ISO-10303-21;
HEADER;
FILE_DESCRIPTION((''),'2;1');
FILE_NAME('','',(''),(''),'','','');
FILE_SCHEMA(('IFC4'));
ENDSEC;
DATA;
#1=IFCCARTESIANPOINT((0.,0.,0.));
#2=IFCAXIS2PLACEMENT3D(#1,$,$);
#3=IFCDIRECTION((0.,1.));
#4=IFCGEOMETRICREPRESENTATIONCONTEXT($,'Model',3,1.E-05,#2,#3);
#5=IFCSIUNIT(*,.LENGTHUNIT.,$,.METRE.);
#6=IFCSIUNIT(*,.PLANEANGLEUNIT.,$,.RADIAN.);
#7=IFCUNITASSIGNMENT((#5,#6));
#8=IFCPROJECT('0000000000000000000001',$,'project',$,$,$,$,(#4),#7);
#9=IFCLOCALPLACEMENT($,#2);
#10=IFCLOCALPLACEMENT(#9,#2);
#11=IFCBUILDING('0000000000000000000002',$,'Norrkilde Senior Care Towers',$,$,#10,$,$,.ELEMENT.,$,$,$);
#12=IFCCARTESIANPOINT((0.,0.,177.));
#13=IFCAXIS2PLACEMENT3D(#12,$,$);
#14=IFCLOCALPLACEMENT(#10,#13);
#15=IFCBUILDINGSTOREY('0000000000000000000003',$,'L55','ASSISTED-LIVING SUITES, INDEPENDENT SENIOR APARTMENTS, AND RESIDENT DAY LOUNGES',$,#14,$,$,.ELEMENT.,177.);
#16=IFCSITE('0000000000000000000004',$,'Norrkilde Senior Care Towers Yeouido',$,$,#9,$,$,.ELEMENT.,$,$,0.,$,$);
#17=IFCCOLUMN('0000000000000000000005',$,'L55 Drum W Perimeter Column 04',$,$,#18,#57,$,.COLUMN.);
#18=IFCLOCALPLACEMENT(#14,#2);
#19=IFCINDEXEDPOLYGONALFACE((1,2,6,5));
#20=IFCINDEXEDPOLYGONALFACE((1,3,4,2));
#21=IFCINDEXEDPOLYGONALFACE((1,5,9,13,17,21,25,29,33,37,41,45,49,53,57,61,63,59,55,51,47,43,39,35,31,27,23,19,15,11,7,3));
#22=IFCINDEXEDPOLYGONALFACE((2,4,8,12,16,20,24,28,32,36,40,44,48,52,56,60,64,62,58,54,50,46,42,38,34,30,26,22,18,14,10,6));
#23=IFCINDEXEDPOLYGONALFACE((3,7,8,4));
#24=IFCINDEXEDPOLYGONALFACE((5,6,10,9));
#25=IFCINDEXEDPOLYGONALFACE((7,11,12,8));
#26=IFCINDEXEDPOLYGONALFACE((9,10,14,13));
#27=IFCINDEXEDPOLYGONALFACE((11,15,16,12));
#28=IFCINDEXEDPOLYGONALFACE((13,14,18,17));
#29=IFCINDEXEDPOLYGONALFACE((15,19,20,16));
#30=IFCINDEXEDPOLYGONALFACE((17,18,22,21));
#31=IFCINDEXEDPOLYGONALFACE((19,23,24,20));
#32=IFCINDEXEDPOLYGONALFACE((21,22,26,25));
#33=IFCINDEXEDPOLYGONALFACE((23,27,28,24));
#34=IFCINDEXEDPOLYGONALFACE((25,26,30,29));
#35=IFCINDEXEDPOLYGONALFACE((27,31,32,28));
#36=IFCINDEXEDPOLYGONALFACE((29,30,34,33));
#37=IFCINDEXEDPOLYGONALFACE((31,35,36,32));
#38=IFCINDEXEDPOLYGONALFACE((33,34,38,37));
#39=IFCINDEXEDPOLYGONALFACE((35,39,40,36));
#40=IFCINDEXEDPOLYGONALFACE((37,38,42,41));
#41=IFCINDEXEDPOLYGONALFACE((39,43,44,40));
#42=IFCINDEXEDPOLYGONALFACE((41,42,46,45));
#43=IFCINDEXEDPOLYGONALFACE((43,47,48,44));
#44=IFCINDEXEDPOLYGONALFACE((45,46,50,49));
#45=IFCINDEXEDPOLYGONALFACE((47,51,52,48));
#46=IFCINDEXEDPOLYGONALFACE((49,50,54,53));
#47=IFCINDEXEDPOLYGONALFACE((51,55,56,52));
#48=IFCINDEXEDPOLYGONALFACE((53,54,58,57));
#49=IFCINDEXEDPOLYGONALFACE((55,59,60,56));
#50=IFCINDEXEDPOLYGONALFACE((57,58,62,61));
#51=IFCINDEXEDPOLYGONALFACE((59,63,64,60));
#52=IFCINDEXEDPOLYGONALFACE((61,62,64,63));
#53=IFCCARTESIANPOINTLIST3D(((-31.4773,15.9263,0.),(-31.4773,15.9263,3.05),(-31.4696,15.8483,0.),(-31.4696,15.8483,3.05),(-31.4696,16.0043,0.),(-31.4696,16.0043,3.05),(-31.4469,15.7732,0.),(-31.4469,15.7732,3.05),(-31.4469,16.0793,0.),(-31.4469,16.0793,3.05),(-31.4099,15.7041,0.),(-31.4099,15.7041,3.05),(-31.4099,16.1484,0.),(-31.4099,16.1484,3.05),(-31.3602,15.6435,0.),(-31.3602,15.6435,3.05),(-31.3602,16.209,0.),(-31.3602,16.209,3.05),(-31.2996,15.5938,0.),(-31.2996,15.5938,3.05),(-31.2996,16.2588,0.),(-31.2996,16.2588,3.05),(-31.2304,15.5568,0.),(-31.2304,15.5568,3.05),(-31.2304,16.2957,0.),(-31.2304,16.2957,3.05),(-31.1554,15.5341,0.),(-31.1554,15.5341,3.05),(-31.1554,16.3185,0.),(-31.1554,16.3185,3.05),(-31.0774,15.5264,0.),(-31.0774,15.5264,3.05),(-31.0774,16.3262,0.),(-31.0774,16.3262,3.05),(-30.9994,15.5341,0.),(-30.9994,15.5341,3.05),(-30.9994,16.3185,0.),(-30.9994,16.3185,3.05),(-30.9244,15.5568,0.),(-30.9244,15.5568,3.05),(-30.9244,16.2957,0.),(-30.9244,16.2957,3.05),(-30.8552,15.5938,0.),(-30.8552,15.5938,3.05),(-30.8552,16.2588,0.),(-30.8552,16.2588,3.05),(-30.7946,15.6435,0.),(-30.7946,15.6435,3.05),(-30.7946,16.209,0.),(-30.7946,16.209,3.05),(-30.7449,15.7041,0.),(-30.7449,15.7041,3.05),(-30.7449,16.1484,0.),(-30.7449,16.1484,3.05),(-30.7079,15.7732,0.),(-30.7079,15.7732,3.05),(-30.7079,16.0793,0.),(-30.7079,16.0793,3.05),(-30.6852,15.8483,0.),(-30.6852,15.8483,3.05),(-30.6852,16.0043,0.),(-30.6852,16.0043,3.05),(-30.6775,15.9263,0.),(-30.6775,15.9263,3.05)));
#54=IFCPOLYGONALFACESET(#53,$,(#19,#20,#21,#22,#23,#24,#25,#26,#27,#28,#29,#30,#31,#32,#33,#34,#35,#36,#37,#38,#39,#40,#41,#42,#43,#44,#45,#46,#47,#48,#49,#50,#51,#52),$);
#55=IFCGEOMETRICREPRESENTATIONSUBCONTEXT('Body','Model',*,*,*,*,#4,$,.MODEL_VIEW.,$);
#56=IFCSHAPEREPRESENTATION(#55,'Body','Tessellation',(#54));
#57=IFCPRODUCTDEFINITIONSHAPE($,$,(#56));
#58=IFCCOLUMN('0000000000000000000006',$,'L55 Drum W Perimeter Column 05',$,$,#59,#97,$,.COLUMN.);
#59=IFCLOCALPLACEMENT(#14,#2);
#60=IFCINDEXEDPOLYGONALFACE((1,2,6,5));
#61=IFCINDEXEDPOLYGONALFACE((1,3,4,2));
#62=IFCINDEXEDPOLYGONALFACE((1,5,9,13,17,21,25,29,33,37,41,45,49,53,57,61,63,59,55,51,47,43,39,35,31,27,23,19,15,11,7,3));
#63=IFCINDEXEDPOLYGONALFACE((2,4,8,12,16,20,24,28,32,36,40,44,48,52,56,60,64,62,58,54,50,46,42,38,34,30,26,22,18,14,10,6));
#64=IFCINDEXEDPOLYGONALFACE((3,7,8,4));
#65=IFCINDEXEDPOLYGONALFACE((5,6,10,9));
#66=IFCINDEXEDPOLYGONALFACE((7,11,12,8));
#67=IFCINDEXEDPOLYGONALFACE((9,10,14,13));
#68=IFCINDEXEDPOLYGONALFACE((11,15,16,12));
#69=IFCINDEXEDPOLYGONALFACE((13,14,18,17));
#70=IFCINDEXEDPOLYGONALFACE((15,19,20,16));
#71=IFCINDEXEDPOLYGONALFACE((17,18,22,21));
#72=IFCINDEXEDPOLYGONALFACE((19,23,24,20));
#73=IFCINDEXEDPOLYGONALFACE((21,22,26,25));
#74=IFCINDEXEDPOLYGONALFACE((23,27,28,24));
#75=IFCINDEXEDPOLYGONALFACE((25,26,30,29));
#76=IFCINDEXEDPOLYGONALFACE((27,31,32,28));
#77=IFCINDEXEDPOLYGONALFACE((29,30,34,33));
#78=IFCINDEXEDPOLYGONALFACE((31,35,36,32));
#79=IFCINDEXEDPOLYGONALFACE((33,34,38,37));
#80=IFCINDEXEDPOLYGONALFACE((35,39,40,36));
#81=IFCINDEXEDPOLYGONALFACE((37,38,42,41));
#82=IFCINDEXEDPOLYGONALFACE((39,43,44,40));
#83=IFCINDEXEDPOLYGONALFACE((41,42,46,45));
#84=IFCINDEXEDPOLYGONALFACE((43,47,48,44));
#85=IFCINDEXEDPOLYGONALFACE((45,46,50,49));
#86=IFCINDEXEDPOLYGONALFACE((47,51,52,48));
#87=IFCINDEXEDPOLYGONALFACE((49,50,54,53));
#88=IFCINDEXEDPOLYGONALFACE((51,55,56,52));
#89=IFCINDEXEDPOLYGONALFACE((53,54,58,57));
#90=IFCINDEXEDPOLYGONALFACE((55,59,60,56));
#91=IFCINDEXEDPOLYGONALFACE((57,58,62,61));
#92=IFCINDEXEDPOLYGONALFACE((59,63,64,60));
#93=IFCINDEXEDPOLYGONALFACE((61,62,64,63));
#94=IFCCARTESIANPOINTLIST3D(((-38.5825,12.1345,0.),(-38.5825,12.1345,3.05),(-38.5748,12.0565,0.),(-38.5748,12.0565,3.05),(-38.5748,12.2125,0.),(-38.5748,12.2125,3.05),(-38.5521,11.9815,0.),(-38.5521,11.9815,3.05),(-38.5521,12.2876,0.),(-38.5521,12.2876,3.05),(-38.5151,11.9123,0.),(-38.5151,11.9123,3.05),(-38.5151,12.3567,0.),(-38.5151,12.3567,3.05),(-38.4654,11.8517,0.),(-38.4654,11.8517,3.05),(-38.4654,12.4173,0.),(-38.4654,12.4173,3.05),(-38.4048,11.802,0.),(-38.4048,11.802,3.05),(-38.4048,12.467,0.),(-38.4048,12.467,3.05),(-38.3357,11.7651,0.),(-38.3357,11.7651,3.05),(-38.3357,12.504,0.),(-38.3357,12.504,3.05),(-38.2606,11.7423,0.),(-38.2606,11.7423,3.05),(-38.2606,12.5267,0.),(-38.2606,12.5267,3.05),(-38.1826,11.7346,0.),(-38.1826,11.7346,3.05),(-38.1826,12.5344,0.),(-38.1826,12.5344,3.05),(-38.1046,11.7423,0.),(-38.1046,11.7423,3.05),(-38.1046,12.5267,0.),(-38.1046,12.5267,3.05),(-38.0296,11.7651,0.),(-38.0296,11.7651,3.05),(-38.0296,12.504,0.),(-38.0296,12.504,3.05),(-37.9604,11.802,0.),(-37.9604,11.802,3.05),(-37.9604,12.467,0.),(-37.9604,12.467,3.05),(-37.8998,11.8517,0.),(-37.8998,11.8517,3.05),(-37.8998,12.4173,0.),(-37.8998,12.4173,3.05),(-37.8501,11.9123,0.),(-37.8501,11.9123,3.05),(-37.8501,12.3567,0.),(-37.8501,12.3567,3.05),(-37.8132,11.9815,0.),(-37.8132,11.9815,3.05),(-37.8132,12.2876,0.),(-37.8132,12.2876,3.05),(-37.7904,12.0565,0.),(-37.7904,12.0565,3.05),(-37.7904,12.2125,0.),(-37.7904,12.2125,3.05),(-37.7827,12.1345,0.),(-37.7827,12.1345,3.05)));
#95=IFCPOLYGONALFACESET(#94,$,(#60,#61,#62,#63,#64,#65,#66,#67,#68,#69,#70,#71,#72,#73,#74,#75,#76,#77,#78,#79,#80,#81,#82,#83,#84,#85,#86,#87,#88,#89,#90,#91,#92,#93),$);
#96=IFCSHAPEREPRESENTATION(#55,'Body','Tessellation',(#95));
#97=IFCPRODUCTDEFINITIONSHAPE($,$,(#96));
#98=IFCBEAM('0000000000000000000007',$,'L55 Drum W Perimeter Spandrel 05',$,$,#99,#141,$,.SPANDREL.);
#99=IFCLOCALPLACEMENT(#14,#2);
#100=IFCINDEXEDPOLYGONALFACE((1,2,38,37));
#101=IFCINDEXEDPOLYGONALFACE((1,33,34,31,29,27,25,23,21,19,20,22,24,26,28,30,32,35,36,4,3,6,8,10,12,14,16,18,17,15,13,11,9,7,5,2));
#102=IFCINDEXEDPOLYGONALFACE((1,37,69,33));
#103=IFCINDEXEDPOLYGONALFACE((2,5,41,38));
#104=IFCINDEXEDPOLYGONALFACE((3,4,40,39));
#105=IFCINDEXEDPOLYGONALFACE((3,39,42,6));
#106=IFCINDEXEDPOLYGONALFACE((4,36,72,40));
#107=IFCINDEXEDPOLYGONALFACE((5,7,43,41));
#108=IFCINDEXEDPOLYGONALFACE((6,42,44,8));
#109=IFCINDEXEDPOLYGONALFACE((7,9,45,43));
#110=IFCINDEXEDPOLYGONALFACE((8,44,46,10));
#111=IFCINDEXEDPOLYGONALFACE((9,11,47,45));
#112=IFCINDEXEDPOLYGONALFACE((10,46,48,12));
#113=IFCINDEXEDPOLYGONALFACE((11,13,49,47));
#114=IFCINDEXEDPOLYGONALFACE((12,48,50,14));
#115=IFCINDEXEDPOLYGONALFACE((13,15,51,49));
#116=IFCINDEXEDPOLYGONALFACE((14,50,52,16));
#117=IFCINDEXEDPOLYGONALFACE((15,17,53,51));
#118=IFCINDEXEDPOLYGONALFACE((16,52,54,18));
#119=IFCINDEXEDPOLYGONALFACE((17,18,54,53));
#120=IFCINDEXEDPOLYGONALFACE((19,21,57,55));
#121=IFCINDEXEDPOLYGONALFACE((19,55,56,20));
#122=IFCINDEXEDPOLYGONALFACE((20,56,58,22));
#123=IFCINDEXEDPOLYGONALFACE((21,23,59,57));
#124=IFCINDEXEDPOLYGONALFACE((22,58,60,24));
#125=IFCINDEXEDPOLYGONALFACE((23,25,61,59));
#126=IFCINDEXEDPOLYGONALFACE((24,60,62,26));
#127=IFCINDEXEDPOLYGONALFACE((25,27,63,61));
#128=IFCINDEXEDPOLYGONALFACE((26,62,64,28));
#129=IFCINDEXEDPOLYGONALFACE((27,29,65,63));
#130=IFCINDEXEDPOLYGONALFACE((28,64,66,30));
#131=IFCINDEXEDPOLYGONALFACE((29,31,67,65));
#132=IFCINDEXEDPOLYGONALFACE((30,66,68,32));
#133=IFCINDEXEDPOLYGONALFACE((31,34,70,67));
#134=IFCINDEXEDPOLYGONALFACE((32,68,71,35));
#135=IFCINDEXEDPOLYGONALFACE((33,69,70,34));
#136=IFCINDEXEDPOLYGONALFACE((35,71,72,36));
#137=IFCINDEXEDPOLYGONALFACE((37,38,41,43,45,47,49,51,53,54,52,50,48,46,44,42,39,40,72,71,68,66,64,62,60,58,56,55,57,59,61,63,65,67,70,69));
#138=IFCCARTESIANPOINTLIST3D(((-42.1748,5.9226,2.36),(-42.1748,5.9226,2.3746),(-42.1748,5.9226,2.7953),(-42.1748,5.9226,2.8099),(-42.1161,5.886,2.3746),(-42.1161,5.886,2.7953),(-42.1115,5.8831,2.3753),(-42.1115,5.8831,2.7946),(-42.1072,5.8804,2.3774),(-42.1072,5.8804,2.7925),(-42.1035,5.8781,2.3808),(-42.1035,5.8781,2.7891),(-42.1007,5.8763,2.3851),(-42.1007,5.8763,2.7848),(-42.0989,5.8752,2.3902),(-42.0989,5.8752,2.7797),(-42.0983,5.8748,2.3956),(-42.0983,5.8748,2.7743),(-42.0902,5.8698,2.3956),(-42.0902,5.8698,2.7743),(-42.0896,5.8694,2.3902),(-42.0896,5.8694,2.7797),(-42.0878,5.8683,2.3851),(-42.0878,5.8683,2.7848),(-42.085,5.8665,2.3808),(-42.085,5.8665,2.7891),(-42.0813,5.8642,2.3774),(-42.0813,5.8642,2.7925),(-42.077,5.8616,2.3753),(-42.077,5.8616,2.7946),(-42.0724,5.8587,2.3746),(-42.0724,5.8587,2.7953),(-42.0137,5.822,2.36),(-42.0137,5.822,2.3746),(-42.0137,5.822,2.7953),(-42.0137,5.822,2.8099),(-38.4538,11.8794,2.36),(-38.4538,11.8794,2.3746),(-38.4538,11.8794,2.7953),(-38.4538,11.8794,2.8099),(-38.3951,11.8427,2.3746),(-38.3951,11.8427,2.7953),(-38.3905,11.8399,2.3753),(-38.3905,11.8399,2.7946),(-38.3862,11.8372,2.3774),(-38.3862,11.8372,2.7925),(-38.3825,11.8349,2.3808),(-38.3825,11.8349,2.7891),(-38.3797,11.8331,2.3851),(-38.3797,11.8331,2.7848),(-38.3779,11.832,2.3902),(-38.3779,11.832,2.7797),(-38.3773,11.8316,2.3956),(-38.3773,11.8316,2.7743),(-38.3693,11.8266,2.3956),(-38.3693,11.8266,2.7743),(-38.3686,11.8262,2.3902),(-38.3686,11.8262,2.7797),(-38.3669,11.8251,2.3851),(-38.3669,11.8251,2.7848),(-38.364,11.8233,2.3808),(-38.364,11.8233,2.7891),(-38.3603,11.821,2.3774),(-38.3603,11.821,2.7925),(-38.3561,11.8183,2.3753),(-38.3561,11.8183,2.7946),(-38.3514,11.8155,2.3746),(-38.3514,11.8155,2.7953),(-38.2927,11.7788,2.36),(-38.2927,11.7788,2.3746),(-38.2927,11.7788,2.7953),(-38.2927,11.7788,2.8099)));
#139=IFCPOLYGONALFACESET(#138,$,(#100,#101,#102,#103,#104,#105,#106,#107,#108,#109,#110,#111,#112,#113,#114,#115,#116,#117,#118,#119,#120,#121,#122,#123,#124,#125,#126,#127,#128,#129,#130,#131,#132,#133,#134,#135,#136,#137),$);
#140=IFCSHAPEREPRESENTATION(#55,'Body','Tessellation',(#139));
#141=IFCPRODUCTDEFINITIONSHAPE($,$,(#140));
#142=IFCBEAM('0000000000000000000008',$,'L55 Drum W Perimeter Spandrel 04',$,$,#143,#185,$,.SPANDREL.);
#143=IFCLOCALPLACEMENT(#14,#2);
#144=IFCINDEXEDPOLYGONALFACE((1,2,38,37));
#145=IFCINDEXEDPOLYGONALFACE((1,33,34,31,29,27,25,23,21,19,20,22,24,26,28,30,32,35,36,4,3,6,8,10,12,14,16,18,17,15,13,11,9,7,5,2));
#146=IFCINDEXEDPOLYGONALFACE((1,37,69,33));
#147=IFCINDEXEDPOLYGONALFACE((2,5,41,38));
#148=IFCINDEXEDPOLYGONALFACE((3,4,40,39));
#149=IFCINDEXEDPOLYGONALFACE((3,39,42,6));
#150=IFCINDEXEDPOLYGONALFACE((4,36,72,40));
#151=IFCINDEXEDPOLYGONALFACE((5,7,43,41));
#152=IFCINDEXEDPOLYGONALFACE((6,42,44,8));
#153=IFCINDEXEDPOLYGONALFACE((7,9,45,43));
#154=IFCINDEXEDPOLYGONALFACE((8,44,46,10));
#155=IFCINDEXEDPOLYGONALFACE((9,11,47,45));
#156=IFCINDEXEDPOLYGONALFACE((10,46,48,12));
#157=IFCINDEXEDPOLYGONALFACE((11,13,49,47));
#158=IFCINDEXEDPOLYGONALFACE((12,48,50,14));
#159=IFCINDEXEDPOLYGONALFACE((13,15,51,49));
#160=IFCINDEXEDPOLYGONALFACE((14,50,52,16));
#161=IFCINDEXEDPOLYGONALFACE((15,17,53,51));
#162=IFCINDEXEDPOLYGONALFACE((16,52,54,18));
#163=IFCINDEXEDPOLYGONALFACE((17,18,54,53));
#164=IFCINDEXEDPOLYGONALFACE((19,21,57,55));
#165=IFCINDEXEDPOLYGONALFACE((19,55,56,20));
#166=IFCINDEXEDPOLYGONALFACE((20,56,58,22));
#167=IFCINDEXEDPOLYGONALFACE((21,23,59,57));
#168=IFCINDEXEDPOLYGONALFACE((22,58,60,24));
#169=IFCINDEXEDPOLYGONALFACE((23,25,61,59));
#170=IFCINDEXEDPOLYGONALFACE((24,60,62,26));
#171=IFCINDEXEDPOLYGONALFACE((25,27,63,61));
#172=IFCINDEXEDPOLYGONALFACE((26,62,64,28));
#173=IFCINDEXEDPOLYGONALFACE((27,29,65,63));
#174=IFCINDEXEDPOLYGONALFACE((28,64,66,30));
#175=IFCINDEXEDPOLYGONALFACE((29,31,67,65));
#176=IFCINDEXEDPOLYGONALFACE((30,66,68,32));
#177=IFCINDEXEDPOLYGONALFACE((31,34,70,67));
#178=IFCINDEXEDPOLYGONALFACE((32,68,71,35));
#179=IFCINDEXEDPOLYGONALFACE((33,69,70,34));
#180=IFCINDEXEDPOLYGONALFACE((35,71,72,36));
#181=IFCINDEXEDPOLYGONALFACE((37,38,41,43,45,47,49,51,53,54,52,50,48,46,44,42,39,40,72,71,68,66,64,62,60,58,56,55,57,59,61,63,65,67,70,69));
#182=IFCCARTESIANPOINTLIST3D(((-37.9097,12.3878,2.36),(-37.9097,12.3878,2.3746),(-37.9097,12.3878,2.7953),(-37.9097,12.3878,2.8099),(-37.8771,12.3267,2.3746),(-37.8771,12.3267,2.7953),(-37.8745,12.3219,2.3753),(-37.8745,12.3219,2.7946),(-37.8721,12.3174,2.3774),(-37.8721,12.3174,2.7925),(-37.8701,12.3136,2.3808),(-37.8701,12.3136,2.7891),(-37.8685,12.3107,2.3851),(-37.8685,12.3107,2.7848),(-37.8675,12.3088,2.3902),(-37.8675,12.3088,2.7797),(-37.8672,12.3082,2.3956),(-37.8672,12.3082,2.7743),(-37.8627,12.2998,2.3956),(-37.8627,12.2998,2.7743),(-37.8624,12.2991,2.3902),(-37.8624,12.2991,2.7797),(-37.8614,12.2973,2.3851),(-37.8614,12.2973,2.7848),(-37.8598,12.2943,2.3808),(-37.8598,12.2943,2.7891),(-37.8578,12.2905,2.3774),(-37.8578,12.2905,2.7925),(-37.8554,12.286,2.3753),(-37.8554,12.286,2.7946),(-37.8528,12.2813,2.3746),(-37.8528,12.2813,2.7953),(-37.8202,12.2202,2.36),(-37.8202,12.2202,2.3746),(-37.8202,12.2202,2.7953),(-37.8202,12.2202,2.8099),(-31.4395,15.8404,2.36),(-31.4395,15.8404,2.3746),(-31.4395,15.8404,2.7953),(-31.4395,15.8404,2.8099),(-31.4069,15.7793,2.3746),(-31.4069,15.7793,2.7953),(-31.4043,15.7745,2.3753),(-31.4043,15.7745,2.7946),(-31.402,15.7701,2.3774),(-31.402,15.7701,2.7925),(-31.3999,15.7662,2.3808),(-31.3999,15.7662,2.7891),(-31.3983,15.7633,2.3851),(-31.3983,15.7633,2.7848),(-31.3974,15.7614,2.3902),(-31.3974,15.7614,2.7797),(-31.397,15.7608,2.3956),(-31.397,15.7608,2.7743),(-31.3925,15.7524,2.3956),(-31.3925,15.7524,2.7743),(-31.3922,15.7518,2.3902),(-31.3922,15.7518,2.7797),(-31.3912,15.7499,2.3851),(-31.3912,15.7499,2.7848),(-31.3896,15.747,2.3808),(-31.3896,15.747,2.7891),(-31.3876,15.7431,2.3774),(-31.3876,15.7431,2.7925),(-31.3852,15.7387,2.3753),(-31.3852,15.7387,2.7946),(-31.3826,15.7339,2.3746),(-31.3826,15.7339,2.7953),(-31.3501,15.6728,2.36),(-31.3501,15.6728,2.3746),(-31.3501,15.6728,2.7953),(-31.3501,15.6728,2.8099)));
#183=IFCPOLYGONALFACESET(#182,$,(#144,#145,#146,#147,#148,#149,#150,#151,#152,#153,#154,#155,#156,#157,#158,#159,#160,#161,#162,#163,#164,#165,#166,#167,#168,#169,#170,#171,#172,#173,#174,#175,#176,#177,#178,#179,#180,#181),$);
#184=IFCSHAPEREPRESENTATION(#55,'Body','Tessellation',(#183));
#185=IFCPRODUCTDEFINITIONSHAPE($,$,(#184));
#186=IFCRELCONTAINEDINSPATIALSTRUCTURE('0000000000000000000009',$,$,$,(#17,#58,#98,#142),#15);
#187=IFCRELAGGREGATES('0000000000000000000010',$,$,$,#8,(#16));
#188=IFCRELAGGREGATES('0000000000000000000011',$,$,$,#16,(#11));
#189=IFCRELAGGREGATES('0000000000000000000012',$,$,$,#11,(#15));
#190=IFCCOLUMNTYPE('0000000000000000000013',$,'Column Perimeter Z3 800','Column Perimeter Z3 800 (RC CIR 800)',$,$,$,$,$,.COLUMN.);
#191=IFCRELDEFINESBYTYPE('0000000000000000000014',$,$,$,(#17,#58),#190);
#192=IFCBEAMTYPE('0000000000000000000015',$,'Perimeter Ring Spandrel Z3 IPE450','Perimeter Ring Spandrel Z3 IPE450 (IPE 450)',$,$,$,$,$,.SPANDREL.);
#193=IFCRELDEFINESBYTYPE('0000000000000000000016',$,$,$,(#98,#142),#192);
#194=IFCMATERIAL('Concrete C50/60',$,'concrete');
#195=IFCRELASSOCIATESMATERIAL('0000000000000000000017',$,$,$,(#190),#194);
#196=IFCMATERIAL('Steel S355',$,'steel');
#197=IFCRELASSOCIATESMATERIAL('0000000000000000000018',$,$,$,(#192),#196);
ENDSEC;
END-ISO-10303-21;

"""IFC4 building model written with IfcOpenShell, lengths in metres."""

from ifc_helpers import new_model, si_unit, direction, frame, origin, origin_2d, place, context, subcontext, project, spatial, circle, i_section, extrude, source, transform, mapped, material, material_profile, profile_set, type_object, type_shapes, element, save


model = new_model("IFC4")

# Units and contexts
model_context = context("Model", 3, precision=1e-05, world=origin(), true_north=direction((0.0, 1.0)))
body_context = subcontext(model_context, "Body", "Model", "MODEL_VIEW")
ifc_project = project(units=[si_unit("LENGTHUNIT", "METRE"), si_unit("PLANEANGLEUNIT", "RADIAN")], contexts=[model_context])

# Site, building, storey
site_placement = place(None, origin())
site = spatial("IfcSite", under=ifc_project, at=site_placement, Name="Norrkilde Senior Care Towers Yeouido", CompositionType="ELEMENT", RefElevation=0.0)
building_placement = place(site_placement, origin())
building = spatial("IfcBuilding", under=site, at=building_placement, Name="Norrkilde Senior Care Towers", CompositionType="ELEMENT")
storey_placement = place(building_placement, frame((0.0, 0.0, 177.0)))
storey = spatial("IfcBuildingStorey", under=building, at=storey_placement, Name="L55", Description="ASSISTED-LIVING SUITES, INDEPENDENT SENIOR APARTMENTS, AND RESIDENT DAY LOUNGES", CompositionType="ELEMENT", Elevation=177.0)

# Columns
ifc_material_1 = material(Name="Concrete C50/60", Category="concrete")
ifc_material_profile_1 = material_profile(ifc_material_1, circle(Radius=0.3999, at=origin_2d()), Name="RC CIR 800")
ifc_profile_set_1 = profile_set([ifc_material_profile_1], Name="Concrete C50/60")
column_type = type_object("IfcColumnType", Name="Column Perimeter Z3 800", Description="Column Perimeter Z3 800 (RC CIR 800)", PredefinedType="COLUMN", material=ifc_profile_set_1)
shared_shape_1 = source(origin(), body_context, "Body", "SweptSolid", [
    extrude(circle(Radius=0.3999, at=origin_2d()), origin(), (0.0, 0.0, 1.0), 3.05),
])
type_shapes(column_type, [shared_shape_1])
for number, where, z_axis, x_axis, name in (
    (1, (-31.0774, 15.9263, 0.0), (0.0, 0.0, 1.0), (1.0, 0.0, 0.0), "L55 Drum W Perimeter Column 04"),
    (2, (-38.1826, 12.1345, 0.0), (0.0, 0.0, 1.0), (1.0, 0.0, 0.0), "L55 Drum W Perimeter Column 05"),
):
    element("IfcColumn", number, at=place(storey_placement, frame(where, z_axis=z_axis, x_axis=x_axis)), inside=storey, type_object=column_type, Name=name, PredefinedType="COLUMN", context=body_context, shape_type="MappedRepresentation", body=[
        mapped(shared_shape_1, transform((0.0, 0.0, 0.0), x_axis=(1.0, 0.0, 0.0), y_axis=(0.0, 1.0, 0.0), z_axis=(0.0, 0.0, 1.0), scale=1.0)),
    ])

# Beams
ifc_material_2 = material(Name="Steel S355", Category="steel")
ifc_material_profile_2 = material_profile(ifc_material_2, i_section(OverallWidth=0.1899, OverallDepth=0.45, WebThickness=0.0095, FlangeThickness=0.0146, FilletRadius=0.021, at=origin_2d()), Name="IPE 450")
ifc_profile_set_2 = profile_set([ifc_material_profile_2], Name="Steel S355")
beam_type_1 = type_object("IfcBeamType", Name="Perimeter Ring Spandrel Z3 IPE450", Description="Perimeter Ring Spandrel Z3 IPE450 (IPE 450)", PredefinedType="SPANDREL", material=ifc_profile_set_2)
shared_shape_2 = source(origin(), body_context, "Body", "SweptSolid", [
    extrude(i_section(OverallWidth=0.1899, OverallDepth=0.45, WebThickness=0.0095, FlangeThickness=0.0146, FilletRadius=0.021, at=origin_2d()), origin(), (0.0, 0.0, 1.0), 7.0234),
])
beam_1_placement = place(storey_placement, frame((-38.3733, 11.8291, 2.585), z_axis=(-0.52979, -0.848129, 0.0), x_axis=(0.848129, -0.52979, 0.0)))
element("IfcBeam", 3, at=beam_1_placement, inside=storey, type_object=beam_type_1, Name="L55 Drum W Perimeter Spandrel 05", PredefinedType="SPANDREL", context=body_context, shape_type="MappedRepresentation", body=[
    mapped(shared_shape_2, transform((0.0, 0.0, 0.0), x_axis=(1.0, 0.0, 0.0), y_axis=(0.0, 1.0, 0.0), z_axis=(0.0, 0.0, 1.0), scale=1.0)),
])
shared_shape_3 = source(origin(), body_context, "Body", "SweptSolid", [
    extrude(i_section(OverallWidth=0.1899, OverallDepth=0.45, WebThickness=0.0095, FlangeThickness=0.0146, FilletRadius=0.021, at=origin_2d()), origin(), (0.0, 0.0, 1.0), 7.3337),
])
type_shapes(beam_type_1, [shared_shape_2, shared_shape_3])
beam_2_placement = place(storey_placement, frame((-31.3948, 15.7566, 2.585), z_axis=(-0.882248, -0.470785, 0.0), x_axis=(0.470785, -0.882248, 0.0)))
element("IfcBeam", 4, at=beam_2_placement, inside=storey, type_object=beam_type_1, Name="L55 Drum W Perimeter Spandrel 04", PredefinedType="SPANDREL", context=body_context, shape_type="MappedRepresentation", body=[
    mapped(shared_shape_3, transform((0.0, 0.0, 0.0), x_axis=(1.0, 0.0, 0.0), y_axis=(0.0, 1.0, 0.0), z_axis=(0.0, 0.0, 1.0), scale=1.0)),
])

save(model, "model.ifc")
